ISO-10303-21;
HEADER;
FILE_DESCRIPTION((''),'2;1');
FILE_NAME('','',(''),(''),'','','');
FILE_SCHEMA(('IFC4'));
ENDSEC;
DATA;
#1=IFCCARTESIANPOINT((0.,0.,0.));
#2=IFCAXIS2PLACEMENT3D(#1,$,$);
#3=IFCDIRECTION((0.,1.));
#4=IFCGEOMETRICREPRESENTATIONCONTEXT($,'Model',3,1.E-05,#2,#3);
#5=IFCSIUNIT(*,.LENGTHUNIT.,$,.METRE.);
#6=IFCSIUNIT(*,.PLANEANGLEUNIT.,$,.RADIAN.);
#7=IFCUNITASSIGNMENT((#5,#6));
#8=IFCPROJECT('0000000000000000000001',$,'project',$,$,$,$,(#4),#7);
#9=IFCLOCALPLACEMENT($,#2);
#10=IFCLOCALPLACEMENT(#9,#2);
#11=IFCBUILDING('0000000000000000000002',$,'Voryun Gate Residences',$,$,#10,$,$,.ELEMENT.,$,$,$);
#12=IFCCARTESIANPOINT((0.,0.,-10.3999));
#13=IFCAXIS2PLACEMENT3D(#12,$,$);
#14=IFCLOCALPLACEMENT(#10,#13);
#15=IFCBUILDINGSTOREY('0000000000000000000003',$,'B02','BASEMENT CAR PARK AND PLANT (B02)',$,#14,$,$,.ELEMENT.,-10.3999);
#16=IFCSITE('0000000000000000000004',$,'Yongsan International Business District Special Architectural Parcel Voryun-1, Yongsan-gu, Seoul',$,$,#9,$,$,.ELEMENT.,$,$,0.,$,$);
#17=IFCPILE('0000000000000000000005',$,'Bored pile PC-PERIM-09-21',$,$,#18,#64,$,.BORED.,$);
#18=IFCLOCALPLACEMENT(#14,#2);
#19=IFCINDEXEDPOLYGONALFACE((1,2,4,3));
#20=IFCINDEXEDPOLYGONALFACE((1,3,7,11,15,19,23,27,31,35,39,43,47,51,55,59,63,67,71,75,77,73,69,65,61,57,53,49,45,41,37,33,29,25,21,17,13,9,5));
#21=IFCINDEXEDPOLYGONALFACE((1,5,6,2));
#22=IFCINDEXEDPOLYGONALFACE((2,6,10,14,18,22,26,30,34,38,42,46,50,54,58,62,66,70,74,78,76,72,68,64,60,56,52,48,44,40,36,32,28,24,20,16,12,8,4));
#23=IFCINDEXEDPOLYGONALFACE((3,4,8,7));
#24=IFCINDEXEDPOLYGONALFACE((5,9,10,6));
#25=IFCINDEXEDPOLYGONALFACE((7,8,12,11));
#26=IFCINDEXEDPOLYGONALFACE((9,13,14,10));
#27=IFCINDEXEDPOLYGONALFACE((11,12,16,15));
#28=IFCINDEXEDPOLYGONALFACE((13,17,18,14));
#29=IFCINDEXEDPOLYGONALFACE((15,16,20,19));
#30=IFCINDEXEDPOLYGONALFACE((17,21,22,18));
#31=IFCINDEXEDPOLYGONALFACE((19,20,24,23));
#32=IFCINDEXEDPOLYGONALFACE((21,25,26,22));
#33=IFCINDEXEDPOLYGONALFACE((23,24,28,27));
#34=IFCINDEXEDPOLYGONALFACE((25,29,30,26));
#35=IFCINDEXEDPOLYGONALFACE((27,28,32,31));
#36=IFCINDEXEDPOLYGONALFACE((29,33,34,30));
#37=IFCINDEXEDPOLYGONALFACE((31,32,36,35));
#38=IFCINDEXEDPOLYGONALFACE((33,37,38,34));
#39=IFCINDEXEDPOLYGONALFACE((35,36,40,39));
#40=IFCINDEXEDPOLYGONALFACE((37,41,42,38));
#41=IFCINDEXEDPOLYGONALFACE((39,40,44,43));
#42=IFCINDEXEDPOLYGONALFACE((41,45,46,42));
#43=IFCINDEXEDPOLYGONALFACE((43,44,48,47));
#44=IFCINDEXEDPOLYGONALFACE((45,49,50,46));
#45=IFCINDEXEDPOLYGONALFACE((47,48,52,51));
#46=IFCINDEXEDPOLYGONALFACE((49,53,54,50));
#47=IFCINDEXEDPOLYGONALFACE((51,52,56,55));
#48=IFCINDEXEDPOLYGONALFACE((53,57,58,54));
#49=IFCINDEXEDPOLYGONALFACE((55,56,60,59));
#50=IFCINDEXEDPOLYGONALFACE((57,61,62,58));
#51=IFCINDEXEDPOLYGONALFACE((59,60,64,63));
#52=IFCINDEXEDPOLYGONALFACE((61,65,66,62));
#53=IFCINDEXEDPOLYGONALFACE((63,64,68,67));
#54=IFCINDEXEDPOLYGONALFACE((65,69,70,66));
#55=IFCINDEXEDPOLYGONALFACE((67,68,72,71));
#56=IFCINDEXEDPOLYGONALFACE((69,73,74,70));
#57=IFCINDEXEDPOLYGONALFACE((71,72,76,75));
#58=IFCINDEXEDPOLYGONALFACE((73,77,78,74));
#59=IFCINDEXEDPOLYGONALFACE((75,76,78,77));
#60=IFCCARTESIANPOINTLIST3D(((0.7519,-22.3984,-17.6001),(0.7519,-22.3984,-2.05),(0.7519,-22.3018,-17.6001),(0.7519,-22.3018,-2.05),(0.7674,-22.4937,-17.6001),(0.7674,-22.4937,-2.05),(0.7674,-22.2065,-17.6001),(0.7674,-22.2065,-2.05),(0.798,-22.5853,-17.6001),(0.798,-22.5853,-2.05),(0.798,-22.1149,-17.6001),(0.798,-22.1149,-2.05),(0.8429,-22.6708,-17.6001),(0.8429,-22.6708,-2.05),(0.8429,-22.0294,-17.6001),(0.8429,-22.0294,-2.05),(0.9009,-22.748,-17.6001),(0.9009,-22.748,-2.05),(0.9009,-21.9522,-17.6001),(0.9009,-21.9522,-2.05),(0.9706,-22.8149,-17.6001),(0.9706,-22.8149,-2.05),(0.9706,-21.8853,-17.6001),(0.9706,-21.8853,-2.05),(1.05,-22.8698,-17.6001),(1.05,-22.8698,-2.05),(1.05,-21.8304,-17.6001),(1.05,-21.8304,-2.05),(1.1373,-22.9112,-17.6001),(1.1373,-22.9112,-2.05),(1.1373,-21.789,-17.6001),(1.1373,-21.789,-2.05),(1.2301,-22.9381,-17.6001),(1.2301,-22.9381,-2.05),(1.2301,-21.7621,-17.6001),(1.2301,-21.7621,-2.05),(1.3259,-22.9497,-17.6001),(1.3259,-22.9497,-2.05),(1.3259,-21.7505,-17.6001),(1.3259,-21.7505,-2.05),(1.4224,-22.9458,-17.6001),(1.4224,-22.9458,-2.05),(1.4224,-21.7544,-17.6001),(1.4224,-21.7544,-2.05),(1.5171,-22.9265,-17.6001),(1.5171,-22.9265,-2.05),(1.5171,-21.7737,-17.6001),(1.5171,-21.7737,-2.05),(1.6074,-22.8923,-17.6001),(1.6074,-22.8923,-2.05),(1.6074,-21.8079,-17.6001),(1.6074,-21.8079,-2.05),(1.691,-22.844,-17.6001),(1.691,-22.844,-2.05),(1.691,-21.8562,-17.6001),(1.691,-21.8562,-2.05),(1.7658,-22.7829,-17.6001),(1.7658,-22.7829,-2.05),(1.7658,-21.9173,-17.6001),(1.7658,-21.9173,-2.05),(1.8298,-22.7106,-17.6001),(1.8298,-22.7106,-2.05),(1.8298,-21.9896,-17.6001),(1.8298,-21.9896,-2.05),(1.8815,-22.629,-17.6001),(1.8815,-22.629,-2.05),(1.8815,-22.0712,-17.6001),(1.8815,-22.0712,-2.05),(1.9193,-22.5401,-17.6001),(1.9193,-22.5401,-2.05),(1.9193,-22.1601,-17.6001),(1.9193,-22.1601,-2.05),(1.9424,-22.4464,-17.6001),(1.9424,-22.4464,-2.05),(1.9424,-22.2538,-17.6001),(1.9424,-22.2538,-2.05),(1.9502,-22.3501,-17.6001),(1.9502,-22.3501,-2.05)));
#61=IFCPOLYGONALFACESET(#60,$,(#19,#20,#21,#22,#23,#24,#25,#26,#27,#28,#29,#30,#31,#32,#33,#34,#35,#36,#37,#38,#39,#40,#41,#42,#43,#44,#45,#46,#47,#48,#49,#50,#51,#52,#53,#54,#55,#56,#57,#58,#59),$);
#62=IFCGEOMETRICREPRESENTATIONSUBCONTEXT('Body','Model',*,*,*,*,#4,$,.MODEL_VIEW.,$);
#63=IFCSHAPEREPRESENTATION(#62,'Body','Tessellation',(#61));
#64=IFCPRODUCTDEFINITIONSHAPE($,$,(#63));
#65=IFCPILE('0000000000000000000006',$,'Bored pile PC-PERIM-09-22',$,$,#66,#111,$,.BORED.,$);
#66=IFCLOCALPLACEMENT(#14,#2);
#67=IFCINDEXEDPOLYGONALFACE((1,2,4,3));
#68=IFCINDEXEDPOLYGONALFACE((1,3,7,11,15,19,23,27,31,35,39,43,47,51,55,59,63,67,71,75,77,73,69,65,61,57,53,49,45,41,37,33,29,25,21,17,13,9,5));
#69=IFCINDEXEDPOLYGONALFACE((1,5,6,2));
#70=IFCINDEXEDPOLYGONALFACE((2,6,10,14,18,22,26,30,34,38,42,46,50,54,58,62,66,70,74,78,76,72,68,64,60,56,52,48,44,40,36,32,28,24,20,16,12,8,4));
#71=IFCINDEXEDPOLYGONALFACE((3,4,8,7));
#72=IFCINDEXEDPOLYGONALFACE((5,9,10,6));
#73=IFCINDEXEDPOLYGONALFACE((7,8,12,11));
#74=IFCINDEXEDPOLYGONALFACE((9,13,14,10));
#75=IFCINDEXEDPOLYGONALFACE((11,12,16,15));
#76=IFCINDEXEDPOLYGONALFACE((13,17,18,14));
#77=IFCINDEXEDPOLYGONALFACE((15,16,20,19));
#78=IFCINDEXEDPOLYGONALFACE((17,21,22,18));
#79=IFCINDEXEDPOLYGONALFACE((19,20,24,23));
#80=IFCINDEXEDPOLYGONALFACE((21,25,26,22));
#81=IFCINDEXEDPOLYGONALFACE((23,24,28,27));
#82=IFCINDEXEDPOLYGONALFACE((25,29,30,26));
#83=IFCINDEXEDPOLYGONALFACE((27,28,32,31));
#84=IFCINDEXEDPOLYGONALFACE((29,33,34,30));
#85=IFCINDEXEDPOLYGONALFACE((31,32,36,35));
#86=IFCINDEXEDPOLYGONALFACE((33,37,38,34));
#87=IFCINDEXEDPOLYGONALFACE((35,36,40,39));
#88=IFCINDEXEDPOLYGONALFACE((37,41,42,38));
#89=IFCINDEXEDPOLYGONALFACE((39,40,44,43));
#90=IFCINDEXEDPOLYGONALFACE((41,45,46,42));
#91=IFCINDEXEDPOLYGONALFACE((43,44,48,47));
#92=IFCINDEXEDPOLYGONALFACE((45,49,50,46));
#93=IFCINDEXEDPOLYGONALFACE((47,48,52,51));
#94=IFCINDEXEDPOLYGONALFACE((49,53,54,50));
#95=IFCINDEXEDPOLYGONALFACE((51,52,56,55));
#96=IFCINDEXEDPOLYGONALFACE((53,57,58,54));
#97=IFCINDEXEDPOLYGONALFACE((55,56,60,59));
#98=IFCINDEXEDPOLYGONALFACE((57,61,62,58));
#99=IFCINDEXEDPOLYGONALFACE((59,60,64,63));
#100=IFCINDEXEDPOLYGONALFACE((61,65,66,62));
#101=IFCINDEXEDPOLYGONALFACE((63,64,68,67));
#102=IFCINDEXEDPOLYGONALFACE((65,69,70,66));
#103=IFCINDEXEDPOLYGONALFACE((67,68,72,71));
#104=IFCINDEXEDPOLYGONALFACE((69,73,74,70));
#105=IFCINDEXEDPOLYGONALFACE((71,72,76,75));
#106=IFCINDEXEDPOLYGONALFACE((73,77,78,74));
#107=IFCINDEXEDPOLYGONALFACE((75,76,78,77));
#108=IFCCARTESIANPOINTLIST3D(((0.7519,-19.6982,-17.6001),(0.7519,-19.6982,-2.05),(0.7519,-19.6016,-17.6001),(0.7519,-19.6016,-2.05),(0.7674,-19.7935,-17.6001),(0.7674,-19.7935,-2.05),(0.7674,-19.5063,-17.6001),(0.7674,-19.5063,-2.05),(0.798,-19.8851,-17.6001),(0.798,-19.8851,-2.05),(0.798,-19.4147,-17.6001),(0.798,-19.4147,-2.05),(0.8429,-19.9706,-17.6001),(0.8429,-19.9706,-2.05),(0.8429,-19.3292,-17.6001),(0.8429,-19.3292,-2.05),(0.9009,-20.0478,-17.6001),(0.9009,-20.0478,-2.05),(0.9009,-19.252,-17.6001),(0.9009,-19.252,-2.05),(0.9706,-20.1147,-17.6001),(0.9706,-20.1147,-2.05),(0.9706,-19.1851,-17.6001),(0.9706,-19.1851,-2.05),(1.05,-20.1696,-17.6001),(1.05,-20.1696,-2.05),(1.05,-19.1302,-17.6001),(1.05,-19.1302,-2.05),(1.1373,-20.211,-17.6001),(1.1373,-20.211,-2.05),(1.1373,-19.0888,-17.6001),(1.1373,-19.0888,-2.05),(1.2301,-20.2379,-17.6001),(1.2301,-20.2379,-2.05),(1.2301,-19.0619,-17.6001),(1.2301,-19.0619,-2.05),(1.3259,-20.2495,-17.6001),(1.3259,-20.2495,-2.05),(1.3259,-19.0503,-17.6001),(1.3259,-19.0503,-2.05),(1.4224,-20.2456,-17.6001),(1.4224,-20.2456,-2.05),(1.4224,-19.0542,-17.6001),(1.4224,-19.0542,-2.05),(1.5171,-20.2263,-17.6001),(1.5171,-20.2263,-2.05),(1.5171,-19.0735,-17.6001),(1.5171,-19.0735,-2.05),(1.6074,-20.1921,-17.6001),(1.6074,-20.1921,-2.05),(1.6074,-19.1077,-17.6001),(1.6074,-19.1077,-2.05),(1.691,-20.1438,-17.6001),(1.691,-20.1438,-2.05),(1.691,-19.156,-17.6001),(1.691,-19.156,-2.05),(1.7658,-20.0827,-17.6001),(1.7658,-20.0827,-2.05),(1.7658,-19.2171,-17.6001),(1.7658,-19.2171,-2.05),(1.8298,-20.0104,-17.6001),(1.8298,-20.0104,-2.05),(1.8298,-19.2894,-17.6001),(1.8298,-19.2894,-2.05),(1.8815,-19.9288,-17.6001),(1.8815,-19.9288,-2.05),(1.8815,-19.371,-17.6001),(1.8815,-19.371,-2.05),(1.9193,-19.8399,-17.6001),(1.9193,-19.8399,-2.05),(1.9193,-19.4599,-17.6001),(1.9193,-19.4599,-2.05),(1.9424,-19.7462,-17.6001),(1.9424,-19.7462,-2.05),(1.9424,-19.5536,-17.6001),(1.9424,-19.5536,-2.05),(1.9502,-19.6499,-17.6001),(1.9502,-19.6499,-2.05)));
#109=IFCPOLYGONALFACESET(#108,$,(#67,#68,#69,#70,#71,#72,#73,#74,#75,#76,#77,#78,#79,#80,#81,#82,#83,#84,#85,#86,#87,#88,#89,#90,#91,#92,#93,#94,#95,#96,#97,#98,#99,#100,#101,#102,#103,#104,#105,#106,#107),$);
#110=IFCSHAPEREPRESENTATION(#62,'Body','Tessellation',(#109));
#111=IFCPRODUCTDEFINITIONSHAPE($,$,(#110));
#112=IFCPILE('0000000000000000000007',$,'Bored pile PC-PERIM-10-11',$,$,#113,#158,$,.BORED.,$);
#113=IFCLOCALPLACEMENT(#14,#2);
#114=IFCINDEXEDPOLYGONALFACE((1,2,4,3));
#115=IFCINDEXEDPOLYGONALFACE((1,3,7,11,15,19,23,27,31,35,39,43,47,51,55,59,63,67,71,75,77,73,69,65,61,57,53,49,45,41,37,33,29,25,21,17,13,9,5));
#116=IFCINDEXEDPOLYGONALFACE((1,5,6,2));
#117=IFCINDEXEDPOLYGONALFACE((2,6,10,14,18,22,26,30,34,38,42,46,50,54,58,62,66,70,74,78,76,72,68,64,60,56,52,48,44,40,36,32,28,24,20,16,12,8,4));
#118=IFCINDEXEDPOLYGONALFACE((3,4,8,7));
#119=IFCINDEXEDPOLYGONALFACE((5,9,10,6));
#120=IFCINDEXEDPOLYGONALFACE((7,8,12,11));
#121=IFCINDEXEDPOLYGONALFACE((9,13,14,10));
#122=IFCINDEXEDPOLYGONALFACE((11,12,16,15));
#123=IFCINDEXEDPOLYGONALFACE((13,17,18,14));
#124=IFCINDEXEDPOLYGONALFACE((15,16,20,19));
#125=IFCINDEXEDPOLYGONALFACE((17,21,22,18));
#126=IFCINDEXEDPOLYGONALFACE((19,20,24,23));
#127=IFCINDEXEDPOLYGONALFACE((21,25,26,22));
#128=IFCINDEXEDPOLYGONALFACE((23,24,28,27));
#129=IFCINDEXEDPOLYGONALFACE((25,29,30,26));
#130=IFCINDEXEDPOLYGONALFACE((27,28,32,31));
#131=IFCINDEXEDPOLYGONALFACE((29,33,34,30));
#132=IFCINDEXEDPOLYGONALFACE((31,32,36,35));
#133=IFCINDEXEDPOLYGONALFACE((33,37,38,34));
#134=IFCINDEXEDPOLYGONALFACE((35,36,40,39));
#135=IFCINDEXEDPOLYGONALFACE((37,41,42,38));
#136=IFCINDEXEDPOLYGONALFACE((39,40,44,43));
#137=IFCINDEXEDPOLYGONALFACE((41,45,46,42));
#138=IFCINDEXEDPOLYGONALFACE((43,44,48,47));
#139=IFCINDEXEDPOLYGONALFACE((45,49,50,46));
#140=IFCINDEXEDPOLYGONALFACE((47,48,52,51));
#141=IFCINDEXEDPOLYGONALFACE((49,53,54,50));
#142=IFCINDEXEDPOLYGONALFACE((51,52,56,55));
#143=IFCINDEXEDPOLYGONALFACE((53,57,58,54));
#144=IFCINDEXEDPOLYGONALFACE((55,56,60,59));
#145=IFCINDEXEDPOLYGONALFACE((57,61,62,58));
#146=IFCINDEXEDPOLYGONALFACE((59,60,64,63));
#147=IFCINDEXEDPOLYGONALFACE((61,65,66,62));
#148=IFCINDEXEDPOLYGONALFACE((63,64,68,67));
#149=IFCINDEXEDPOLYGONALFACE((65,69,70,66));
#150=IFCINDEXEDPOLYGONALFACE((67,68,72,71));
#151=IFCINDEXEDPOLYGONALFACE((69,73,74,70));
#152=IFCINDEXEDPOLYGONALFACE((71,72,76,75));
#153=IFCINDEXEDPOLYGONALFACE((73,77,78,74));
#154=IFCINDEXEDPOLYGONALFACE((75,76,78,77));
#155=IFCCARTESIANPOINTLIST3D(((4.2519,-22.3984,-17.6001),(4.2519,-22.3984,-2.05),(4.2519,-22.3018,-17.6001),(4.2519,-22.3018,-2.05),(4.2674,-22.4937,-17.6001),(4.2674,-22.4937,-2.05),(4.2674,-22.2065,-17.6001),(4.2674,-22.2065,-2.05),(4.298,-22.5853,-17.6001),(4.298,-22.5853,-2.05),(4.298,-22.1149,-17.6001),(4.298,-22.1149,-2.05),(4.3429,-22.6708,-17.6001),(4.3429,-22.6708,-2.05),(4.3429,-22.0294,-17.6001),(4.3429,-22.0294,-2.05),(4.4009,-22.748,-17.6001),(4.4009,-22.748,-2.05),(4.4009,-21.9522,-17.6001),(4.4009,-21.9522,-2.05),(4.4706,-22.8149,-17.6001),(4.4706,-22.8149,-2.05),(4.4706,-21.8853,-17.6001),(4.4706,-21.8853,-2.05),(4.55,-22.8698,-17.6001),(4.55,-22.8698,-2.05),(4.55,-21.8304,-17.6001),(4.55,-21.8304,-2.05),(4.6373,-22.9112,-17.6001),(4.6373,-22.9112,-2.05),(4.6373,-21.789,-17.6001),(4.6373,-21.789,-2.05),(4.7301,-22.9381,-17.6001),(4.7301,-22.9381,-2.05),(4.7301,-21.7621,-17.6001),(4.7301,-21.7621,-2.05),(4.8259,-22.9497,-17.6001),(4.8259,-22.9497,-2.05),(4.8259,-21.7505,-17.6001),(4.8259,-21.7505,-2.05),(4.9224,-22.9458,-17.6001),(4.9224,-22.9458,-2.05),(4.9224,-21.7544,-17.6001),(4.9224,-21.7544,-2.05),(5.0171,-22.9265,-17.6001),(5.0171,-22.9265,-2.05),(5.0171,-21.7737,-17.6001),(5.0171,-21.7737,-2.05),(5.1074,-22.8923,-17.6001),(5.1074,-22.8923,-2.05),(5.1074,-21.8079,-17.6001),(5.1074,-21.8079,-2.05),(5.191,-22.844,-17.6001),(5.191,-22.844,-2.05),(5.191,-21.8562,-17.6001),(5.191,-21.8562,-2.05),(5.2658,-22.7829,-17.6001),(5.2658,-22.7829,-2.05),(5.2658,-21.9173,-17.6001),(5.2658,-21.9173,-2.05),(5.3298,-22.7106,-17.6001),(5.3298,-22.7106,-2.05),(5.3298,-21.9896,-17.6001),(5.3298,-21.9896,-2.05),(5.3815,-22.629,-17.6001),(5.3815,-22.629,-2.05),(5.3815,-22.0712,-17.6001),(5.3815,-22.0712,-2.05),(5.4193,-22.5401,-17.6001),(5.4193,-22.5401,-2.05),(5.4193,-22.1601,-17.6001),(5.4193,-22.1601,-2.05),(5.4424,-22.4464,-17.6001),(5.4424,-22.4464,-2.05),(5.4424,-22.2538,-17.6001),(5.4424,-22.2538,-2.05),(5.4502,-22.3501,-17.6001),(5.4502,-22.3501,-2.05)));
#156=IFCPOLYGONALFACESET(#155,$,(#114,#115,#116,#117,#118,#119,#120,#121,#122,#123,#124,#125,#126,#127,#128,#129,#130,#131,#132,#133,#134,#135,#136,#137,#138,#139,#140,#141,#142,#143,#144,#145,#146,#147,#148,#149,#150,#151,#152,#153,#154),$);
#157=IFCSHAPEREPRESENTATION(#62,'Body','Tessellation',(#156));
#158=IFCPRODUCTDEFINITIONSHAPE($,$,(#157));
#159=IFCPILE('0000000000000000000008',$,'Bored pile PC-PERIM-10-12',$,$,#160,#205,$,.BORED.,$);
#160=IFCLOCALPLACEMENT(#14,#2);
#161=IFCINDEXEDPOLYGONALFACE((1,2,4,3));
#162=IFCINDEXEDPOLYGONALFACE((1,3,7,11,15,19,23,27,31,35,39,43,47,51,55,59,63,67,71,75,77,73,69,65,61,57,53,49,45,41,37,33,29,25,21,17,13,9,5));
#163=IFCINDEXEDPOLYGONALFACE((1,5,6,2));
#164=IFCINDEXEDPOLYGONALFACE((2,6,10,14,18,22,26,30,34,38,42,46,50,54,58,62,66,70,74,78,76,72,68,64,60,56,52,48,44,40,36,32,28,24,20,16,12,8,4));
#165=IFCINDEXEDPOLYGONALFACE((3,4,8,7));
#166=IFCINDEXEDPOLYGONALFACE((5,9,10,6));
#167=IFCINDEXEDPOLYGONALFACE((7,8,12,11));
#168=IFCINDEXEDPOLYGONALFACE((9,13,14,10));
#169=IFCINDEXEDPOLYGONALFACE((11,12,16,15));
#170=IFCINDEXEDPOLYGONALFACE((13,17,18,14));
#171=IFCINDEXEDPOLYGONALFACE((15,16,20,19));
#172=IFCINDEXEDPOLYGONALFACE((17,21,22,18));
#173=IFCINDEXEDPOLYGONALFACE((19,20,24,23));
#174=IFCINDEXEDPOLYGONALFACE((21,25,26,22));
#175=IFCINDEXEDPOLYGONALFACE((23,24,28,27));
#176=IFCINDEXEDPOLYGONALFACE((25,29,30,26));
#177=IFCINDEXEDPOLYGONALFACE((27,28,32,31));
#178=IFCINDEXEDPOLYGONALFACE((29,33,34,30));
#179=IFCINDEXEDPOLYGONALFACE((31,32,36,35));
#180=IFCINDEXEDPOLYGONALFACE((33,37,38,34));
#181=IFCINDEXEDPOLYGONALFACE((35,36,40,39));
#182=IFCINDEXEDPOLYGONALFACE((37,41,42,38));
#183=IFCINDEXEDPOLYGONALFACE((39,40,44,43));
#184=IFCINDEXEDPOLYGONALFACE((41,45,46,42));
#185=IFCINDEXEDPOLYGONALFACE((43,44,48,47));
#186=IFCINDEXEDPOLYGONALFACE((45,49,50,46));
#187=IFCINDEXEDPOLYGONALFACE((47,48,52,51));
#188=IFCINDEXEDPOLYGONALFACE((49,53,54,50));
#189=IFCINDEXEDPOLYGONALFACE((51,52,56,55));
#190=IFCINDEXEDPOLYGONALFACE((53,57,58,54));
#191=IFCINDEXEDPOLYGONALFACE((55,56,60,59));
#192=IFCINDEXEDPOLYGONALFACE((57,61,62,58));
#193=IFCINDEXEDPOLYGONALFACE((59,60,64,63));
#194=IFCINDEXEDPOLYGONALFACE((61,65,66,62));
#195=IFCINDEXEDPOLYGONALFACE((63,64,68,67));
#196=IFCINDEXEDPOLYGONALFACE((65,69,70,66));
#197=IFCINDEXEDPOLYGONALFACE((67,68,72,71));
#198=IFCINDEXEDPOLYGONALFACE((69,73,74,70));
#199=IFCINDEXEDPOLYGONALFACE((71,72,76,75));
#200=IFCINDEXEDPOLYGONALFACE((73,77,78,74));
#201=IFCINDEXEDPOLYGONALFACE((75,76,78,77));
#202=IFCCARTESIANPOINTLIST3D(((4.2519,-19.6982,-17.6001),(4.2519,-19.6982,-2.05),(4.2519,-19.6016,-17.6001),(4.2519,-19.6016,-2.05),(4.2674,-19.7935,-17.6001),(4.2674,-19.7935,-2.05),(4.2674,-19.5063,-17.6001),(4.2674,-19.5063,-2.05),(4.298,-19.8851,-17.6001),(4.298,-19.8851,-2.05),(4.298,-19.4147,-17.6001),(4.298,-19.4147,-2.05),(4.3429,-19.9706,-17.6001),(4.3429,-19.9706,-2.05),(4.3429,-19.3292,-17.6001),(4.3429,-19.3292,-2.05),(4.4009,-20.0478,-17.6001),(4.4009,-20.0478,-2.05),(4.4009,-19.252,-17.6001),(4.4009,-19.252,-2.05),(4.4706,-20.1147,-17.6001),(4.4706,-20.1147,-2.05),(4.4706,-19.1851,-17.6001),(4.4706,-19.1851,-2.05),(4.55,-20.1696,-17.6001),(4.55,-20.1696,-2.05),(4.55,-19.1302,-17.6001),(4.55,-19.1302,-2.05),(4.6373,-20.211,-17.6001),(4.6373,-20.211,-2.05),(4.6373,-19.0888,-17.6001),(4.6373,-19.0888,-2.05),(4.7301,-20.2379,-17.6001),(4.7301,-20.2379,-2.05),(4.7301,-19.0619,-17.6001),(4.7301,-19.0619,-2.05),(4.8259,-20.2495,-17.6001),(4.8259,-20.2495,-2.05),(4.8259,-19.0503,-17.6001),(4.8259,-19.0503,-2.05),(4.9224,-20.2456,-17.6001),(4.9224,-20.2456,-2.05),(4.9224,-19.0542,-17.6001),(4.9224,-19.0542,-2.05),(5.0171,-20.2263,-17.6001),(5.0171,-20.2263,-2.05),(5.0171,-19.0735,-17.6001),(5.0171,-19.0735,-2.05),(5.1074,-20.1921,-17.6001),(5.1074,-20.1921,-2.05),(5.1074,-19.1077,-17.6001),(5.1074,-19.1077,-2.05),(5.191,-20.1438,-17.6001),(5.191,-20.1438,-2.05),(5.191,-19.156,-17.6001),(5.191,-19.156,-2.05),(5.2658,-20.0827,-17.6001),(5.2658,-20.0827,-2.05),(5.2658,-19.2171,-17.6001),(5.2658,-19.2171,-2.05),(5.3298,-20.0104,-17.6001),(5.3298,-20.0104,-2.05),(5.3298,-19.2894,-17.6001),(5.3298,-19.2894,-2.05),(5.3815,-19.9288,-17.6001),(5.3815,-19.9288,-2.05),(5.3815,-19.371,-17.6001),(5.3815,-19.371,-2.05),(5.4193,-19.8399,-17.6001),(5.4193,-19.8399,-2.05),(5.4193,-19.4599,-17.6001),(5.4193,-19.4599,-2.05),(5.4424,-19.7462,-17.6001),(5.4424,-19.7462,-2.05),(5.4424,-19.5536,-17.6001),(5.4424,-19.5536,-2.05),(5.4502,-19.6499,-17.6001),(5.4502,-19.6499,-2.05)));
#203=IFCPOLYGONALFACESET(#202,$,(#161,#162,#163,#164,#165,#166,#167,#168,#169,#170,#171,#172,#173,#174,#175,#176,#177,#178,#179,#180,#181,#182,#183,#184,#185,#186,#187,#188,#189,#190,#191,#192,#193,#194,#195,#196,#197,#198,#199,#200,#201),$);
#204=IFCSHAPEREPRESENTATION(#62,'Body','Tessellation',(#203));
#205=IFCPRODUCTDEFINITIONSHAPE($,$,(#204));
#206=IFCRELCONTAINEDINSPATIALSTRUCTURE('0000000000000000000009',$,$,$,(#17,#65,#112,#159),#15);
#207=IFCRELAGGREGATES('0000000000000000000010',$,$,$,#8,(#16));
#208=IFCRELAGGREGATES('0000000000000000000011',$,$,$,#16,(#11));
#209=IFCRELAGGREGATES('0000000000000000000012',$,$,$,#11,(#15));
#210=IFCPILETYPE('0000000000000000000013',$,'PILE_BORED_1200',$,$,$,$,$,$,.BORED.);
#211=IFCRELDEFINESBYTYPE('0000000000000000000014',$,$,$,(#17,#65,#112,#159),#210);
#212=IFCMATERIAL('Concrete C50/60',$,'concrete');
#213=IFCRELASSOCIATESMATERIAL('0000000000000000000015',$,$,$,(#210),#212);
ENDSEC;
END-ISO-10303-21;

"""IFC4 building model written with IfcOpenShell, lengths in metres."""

from ifc_helpers import new_model, si_unit, direction, frame, origin, origin_2d, place, context, subcontext, project, spatial, circle, extrude, material, material_profile, profile_set, type_object, element, save


model = new_model("IFC4")

# Units and contexts
model_context = context("Model", 3, precision=1e-05, world=origin(), true_north=direction((0.0, 1.0)))
body_context = subcontext(model_context, "Body", "Model", "MODEL_VIEW")
ifc_project = project(units=[si_unit("LENGTHUNIT", "METRE"), si_unit("PLANEANGLEUNIT", "RADIAN")], contexts=[model_context])

# Site, building, storey
site_placement = place(None, origin())
site = spatial("IfcSite", under=ifc_project, at=site_placement, Name="Yongsan International Business District Special Architectural Parcel Voryun-1, Yongsan-gu, Seoul", CompositionType="ELEMENT", RefElevation=0.0)
building_placement = place(site_placement, origin())
building = spatial("IfcBuilding", under=site, at=building_placement, Name="Voryun Gate Residences", CompositionType="ELEMENT")
storey_placement = place(building_placement, frame((0.0, 0.0, -10.3999)))
storey = spatial("IfcBuildingStorey", under=building, at=storey_placement, Name="B02", Description="BASEMENT CAR PARK AND PLANT (B02)", CompositionType="ELEMENT", Elevation=-10.3999)

# Piles
ifc_material_1 = material(Name="Concrete C50/60", Category="concrete")
ifc_material_profile_1 = material_profile(ifc_material_1, circle(Radius=0.6001, at=origin_2d()), Name="PILE-D1200")
ifc_profile_set_1 = profile_set([ifc_material_profile_1], Name="Concrete C50/60")
pile_type_1 = type_object("IfcPileType", Name="PILE_BORED_1200", PredefinedType="BORED", material=ifc_profile_set_1)
for number, where, z_axis, x_axis, name in (
    (1, (1.3501, -22.3501, -2.05), (0.0, 0.0, -1.0), (1.0, 0.0, 0.0), "Bored pile PC-PERIM-09-21"),
    (2, (1.3501, -19.6499, -2.05), (0.0, 0.0, -1.0), (1.0, 0.0, 0.0), "Bored pile PC-PERIM-09-22"),
    (3, (4.8501, -22.3501, -2.05), (0.0, 0.0, -1.0), (1.0, 0.0, 0.0), "Bored pile PC-PERIM-10-11"),
    (4, (4.8501, -19.6499, -2.05), (0.0, 0.0, -1.0), (1.0, 0.0, 0.0), "Bored pile PC-PERIM-10-12"),
):
    element("IfcPile", number, at=place(storey_placement, frame(where, z_axis=z_axis, x_axis=x_axis)), inside=storey, type_object=pile_type_1, Name=name, PredefinedType="BORED", context=body_context, shape_type="SweptSolid", body=[
        extrude(circle(Radius=0.6001, at=origin_2d()), origin(), (0.0, 0.0, 1.0), 15.55),
    ])

save(model, "model.ifc")
